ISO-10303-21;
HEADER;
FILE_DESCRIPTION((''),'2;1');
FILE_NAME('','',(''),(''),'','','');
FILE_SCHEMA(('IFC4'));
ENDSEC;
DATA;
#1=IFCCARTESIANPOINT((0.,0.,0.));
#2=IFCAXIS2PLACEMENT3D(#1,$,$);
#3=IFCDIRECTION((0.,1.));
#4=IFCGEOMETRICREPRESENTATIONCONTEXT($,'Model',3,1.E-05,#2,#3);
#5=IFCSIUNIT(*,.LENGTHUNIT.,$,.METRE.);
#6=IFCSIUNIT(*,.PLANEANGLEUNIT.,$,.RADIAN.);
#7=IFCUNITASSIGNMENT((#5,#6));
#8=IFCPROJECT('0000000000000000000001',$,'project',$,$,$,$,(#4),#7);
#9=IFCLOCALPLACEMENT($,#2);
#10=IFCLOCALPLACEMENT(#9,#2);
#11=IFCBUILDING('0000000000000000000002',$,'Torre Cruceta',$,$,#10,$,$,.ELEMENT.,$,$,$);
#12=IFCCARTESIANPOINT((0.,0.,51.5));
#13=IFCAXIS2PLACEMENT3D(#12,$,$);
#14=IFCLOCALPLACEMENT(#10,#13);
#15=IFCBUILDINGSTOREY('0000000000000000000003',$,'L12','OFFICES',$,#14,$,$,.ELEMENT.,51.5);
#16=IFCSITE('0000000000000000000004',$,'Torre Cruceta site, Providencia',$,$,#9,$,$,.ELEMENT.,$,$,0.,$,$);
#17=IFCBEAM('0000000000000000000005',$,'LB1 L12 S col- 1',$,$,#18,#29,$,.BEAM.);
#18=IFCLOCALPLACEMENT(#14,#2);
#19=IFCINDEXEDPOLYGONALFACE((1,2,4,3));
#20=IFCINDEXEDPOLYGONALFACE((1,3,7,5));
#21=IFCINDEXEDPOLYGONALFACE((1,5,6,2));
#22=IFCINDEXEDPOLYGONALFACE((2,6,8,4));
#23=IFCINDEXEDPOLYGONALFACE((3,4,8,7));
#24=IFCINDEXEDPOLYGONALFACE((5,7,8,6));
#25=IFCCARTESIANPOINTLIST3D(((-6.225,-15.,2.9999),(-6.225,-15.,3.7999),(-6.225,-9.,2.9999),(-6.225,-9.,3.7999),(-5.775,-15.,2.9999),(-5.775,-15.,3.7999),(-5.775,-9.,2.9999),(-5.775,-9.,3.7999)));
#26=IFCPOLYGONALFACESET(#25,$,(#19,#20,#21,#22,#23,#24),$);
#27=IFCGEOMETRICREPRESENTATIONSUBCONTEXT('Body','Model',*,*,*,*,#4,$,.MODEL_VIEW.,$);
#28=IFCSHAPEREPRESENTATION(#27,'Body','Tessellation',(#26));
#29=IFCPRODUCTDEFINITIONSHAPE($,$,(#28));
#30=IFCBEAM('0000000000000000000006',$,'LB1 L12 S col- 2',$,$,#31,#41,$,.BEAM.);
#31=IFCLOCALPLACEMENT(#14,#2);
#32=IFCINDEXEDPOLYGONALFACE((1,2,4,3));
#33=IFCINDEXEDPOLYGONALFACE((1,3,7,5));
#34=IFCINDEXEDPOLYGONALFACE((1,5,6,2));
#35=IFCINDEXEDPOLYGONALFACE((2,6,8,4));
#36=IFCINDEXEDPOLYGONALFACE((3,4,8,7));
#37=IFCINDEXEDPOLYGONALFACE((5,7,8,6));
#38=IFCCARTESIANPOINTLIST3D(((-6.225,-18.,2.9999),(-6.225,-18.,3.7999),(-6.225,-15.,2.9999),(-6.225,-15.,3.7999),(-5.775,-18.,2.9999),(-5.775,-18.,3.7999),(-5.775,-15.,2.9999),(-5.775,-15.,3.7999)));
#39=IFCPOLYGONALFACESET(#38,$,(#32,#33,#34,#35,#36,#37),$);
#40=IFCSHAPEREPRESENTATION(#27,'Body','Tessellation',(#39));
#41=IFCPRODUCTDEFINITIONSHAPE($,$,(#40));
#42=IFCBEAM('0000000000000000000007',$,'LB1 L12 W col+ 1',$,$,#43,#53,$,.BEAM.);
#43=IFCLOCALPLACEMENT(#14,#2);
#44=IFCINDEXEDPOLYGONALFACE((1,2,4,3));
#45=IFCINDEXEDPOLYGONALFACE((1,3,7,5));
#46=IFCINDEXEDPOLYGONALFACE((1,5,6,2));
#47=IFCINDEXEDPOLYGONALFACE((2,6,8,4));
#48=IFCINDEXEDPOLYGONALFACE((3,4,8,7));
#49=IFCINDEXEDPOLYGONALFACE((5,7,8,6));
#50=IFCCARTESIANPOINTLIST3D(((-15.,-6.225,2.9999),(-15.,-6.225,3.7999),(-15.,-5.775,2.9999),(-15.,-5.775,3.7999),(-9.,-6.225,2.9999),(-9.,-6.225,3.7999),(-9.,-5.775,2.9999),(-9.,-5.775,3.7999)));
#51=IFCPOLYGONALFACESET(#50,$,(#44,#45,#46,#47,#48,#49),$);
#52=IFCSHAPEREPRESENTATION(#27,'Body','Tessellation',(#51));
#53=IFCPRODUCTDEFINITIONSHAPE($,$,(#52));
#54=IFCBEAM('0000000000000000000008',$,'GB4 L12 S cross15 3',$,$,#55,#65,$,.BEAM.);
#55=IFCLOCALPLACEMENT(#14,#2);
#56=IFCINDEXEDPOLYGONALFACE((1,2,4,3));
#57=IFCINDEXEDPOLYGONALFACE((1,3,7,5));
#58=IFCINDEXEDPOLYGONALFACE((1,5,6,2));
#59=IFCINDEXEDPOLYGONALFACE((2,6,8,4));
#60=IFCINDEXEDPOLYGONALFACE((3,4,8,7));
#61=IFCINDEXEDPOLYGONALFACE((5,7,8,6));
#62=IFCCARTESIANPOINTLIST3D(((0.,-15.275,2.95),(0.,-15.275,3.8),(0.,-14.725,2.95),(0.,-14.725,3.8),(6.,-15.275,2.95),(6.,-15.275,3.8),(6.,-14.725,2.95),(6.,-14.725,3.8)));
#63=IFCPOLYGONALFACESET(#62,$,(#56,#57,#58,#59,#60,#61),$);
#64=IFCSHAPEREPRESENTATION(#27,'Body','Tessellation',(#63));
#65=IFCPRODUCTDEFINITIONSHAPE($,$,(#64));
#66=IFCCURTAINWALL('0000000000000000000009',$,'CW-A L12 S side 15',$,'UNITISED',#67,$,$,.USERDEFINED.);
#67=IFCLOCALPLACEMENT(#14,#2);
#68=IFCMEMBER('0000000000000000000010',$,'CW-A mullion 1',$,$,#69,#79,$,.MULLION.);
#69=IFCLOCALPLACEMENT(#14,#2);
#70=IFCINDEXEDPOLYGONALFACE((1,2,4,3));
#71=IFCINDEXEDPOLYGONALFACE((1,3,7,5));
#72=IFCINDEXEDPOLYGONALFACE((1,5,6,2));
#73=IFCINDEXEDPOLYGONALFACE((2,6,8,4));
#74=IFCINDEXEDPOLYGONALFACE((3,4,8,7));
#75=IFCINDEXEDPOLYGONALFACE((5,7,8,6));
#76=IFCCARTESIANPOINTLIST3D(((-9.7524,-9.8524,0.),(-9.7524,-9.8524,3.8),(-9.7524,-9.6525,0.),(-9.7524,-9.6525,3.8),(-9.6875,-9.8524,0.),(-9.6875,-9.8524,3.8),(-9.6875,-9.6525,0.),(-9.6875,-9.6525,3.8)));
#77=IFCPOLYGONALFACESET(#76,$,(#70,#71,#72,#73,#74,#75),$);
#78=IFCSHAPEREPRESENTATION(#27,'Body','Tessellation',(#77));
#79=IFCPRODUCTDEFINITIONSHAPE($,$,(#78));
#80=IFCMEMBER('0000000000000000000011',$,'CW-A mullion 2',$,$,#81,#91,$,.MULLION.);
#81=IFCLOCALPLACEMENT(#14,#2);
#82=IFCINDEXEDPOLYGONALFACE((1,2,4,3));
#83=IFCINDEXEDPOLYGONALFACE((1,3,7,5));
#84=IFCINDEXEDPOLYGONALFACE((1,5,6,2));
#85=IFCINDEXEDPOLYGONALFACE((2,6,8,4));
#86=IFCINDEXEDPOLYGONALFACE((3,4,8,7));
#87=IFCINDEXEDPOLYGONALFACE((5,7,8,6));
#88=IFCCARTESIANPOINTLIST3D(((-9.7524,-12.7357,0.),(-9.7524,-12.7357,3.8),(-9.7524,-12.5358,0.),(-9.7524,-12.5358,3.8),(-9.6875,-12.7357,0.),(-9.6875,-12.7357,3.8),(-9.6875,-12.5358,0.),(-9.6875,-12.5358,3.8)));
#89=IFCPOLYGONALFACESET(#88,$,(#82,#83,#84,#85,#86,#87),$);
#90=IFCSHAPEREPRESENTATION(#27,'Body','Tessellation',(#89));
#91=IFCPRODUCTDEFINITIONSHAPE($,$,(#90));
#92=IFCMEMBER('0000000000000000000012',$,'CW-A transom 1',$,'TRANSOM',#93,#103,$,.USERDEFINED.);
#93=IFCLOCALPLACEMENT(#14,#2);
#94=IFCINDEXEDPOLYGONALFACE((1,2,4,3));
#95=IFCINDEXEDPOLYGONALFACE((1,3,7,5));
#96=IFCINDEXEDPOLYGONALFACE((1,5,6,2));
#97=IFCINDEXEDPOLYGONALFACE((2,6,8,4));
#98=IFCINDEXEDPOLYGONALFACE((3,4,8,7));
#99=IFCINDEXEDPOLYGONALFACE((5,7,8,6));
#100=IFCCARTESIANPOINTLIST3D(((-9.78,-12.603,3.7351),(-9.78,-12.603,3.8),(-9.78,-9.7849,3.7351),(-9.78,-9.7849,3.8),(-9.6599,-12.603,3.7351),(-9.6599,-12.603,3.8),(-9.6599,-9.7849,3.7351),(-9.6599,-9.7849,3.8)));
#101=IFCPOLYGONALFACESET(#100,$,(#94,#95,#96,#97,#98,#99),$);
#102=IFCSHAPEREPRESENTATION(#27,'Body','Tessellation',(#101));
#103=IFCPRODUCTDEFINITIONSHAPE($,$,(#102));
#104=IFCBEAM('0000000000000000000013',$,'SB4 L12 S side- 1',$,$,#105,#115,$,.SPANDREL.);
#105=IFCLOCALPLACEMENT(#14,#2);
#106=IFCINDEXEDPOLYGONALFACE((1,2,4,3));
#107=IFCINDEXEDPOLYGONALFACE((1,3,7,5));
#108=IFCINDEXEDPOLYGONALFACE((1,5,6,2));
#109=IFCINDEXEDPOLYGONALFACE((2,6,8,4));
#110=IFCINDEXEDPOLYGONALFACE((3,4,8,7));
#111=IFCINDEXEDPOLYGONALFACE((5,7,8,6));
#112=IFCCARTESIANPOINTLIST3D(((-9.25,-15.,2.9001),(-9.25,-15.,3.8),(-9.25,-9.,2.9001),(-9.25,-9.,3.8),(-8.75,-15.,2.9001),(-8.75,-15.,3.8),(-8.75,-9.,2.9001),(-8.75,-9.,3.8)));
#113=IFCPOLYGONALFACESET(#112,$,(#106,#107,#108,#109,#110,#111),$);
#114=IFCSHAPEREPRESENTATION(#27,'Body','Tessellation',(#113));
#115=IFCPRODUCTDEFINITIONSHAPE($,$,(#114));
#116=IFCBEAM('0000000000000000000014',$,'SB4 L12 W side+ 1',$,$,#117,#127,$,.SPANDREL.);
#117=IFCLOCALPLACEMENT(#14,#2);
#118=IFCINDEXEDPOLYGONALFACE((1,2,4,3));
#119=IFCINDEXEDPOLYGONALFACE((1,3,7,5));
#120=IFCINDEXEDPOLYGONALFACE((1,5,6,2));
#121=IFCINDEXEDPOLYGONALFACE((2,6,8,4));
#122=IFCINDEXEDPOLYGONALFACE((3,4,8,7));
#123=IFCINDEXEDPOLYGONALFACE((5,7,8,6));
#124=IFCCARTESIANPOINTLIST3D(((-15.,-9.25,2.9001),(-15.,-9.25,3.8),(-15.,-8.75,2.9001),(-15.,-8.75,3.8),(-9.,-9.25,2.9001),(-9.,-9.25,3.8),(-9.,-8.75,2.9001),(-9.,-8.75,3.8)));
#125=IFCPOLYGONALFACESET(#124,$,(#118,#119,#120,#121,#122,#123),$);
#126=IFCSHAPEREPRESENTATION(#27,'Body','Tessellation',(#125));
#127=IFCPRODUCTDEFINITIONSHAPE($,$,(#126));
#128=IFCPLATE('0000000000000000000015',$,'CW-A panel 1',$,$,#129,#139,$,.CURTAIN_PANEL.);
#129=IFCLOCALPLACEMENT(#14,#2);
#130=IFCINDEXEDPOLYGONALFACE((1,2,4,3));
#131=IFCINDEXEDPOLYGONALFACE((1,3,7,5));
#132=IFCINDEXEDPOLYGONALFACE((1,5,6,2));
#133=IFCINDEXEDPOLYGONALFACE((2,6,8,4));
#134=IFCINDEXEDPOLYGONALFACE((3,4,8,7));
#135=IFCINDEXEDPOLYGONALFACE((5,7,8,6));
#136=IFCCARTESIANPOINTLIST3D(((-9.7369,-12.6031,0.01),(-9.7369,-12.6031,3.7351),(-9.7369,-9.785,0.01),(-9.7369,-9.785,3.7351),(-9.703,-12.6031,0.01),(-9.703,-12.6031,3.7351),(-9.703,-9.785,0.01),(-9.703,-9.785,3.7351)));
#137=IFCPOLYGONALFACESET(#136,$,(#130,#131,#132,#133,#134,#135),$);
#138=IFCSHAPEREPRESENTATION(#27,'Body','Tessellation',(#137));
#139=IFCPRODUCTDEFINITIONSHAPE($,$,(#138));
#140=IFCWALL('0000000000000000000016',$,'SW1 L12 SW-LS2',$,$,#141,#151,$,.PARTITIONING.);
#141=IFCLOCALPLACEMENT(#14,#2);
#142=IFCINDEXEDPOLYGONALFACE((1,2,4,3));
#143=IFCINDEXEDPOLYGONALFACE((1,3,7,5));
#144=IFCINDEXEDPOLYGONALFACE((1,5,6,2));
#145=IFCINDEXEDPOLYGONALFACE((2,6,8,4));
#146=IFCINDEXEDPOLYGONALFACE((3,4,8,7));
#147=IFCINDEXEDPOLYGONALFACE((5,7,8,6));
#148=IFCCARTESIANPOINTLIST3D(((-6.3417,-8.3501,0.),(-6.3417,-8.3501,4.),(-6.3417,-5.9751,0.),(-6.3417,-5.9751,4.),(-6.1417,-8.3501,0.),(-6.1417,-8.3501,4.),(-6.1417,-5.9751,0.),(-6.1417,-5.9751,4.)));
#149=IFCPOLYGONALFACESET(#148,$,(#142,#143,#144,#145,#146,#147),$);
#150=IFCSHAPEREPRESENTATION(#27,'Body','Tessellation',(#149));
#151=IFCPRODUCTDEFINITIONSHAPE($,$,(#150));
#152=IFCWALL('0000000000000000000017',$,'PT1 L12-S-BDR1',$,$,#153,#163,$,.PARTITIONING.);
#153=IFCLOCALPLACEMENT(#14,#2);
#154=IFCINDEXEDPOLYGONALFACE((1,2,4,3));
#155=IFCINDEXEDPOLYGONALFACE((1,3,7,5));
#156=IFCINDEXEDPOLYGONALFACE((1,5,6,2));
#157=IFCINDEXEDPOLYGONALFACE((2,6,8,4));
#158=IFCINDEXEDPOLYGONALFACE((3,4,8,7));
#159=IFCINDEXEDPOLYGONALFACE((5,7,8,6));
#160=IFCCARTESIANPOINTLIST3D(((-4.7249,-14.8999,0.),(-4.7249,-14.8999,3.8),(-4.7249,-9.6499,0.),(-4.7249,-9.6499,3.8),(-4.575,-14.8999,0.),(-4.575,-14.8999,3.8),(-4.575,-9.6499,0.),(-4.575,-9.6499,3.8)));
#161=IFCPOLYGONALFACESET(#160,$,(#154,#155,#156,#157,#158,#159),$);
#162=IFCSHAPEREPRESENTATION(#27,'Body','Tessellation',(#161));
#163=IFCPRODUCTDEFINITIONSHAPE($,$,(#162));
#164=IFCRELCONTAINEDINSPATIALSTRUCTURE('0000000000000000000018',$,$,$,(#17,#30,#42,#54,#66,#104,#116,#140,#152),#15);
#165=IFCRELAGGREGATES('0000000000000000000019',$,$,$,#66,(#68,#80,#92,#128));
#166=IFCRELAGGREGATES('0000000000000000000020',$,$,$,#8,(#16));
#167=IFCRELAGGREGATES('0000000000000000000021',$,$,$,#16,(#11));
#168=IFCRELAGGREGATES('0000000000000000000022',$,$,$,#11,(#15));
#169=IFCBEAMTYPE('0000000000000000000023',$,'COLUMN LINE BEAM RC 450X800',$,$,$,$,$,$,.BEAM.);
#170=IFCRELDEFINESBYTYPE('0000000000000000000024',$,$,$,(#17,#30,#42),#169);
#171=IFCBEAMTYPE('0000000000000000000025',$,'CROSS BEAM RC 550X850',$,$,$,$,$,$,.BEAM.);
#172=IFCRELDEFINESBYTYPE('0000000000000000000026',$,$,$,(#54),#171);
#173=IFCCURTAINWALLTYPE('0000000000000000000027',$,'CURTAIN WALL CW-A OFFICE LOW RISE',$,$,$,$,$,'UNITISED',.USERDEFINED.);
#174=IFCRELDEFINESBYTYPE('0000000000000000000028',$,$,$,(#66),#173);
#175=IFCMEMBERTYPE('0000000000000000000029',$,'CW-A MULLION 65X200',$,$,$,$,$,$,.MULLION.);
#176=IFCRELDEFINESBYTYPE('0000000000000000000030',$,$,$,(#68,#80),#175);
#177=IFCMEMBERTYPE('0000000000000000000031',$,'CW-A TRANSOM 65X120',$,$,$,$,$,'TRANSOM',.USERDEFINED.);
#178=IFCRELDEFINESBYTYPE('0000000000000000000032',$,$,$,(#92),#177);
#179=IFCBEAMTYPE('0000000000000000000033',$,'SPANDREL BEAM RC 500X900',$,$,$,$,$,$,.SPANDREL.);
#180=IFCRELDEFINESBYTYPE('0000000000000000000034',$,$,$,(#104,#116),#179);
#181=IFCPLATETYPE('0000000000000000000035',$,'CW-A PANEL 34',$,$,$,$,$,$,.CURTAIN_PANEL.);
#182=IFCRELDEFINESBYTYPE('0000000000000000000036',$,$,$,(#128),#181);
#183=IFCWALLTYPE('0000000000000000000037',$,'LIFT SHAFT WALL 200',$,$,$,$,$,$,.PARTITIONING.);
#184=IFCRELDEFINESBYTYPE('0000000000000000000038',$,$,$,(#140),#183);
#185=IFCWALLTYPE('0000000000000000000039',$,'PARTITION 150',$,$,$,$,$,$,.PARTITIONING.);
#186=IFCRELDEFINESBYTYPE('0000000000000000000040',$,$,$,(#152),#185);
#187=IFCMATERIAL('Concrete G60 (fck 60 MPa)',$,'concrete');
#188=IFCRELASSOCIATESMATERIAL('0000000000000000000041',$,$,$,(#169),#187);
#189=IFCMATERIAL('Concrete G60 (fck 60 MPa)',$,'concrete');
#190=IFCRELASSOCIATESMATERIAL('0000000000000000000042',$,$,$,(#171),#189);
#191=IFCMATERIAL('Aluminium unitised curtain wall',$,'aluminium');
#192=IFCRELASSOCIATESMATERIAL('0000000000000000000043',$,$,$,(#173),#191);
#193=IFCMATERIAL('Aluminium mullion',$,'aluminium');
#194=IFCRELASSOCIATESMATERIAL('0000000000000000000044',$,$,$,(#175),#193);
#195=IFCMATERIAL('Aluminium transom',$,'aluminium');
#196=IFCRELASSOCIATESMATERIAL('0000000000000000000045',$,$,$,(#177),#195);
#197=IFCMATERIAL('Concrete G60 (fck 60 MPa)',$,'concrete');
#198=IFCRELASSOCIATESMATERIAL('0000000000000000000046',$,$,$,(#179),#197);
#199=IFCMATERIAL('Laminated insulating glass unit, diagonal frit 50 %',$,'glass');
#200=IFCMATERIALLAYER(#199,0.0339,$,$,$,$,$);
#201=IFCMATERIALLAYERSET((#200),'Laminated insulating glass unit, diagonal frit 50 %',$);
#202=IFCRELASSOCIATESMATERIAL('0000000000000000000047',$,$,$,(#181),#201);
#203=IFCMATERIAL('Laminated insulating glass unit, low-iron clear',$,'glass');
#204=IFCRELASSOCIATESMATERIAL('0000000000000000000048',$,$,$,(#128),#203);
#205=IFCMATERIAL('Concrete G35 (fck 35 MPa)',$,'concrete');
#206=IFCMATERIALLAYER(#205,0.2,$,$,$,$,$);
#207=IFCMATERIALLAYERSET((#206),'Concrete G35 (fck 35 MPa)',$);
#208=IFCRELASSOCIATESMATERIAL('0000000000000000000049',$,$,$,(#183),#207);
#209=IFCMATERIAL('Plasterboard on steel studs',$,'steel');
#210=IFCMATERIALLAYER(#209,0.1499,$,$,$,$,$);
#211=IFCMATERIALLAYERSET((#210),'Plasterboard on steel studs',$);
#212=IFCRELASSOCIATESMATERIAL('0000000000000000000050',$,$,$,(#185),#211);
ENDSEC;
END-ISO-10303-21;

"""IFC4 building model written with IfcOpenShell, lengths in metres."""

from ifc_helpers import new_model, si_unit, direction, frame, frame_2d, origin, origin_2d, place, context, subcontext, project, spatial, rectangle, extrude, material, layer, layer_set, material_profile, profile_set, type_object, element, aggregate, save


model = new_model("IFC4")

# Units and contexts
model_context = context("Model", 3, precision=1e-05, world=origin(), true_north=direction((0.0, 1.0)))
body_context = subcontext(model_context, "Body", "Model", "MODEL_VIEW")
ifc_project = project(units=[si_unit("LENGTHUNIT", "METRE"), si_unit("PLANEANGLEUNIT", "RADIAN")], contexts=[model_context])

# Site, building, storey
site_placement = place(None, origin())
site = spatial("IfcSite", under=ifc_project, at=site_placement, Name="Torre Cruceta site, Providencia", CompositionType="ELEMENT", RefElevation=0.0)
building_placement = place(site_placement, origin())
building = spatial("IfcBuilding", under=site, at=building_placement, Name="Torre Cruceta", CompositionType="ELEMENT")
storey_placement = place(building_placement, frame((0.0, 0.0, 51.5)))
storey = spatial("IfcBuildingStorey", under=building, at=storey_placement, Name="L12", Description="OFFICES", CompositionType="ELEMENT", Elevation=51.5)

# Beams
ifc_material_1 = material(Name="Concrete G60 (fck 60 MPa)", Category="concrete")
ifc_material_profile_1 = material_profile(ifc_material_1, rectangle(XDim=0.45, YDim=0.8, at=origin_2d()), Name="RC 450X800")
ifc_profile_set_1 = profile_set([ifc_material_profile_1], Name="Concrete G60 (fck 60 MPa)")
beam_type_1 = type_object("IfcBeamType", Name="COLUMN LINE BEAM RC 450X800", PredefinedType="BEAM", material=ifc_profile_set_1)
beam_1_placement = place(storey_placement, frame((-6.0, -9.0, 3.3999), z_axis=(0.0, -1.0, 0.0), x_axis=(1.0, 0.0, 0.0)))
element("IfcBeam", 1, at=beam_1_placement, inside=storey, type_object=beam_type_1, Name="LB1 L12 S col- 1", PredefinedType="BEAM", context=body_context, shape_type="SweptSolid", body=[
    extrude(rectangle(XDim=0.45, YDim=0.8, at=origin_2d()), origin(), (0.0, 0.0, 1.0), 6.0),
])
beam_2_placement = place(storey_placement, frame((-6.0, -15.0, 3.3999), z_axis=(0.0, -1.0, 0.0), x_axis=(1.0, 0.0, 0.0)))
element("IfcBeam", 2, at=beam_2_placement, inside=storey, type_object=beam_type_1, Name="LB1 L12 S col- 2", PredefinedType="BEAM", context=body_context, shape_type="SweptSolid", body=[
    extrude(rectangle(XDim=0.45, YDim=0.8, at=origin_2d()), origin(), (0.0, 0.0, 1.0), 3.0),
])
beam_3_placement = place(storey_placement, frame((-9.0, -6.0, 3.3999), z_axis=(-1.0, 0.0, 0.0), x_axis=(0.0, -1.0, 0.0)))
element("IfcBeam", 3, at=beam_3_placement, inside=storey, type_object=beam_type_1, Name="LB1 L12 W col+ 1", PredefinedType="BEAM", context=body_context, shape_type="SweptSolid", body=[
    extrude(rectangle(XDim=0.45, YDim=0.8, at=origin_2d()), origin(), (0.0, 0.0, 1.0), 6.0),
])
ifc_material_2 = material(Name="Concrete G60 (fck 60 MPa)", Category="concrete")
ifc_material_profile_2 = material_profile(ifc_material_2, rectangle(XDim=0.55, YDim=0.8501, at=origin_2d()), Name="RC 550X850")
ifc_profile_set_2 = profile_set([ifc_material_profile_2], Name="Concrete G60 (fck 60 MPa)")
beam_type_2 = type_object("IfcBeamType", Name="CROSS BEAM RC 550X850", PredefinedType="BEAM", material=ifc_profile_set_2)
beam_4_placement = place(storey_placement, frame((0.0, -15.0, 3.375), z_axis=(1.0, 0.0, 0.0), x_axis=(0.0, 1.0, 0.0)))
element("IfcBeam", 4, at=beam_4_placement, inside=storey, type_object=beam_type_2, Name="GB4 L12 S cross15 3", PredefinedType="BEAM", context=body_context, shape_type="SweptSolid", body=[
    extrude(rectangle(XDim=0.55, YDim=0.8501, at=origin_2d()), origin(), (0.0, 0.0, 1.0), 6.0),
])

# Curtain wall, members
ifc_material_3 = material(Name="Aluminium unitised curtain wall", Category="aluminium")
curtain_wall_type = type_object("IfcCurtainWallType", Name="CURTAIN WALL CW-A OFFICE LOW RISE", ElementType="UNITISED", PredefinedType="USERDEFINED", material=ifc_material_3)
curtain_wall_placement = place(storey_placement, origin())
curtain_wall = element("IfcCurtainWall", 5, at=curtain_wall_placement, inside=storey, type_object=curtain_wall_type, Name="CW-A L12 S side 15", ObjectType="UNITISED", PredefinedType="USERDEFINED")
ifc_material_4 = material(Name="Aluminium mullion", Category="aluminium")
ifc_material_profile_3 = material_profile(ifc_material_4, rectangle(XDim=0.0649, YDim=0.2, at=origin_2d()), Name="AL 65X200")
ifc_profile_set_3 = profile_set([ifc_material_profile_3], Name="Aluminium mullion")
member_type_1 = type_object("IfcMemberType", Name="CW-A MULLION 65X200", PredefinedType="MULLION", material=ifc_profile_set_3)
member_1_placement = place(storey_placement, frame((-9.72, -9.7524, 0.0), z_axis=(0.0, 0.0, 1.0), x_axis=(1.0, 0.0, 0.0)))
member_1 = element("IfcMember", 6, at=member_1_placement, type_object=member_type_1, Name="CW-A mullion 1", PredefinedType="MULLION", context=body_context, shape_type="SweptSolid", body=[
    extrude(rectangle(XDim=0.0649, YDim=0.2, at=origin_2d()), origin(), (0.0, 0.0, 1.0), 3.8),
])
member_2_placement = place(storey_placement, frame((-9.72, -12.6357, 0.0), z_axis=(0.0, 0.0, 1.0), x_axis=(1.0, 0.0, 0.0)))
member_2 = element("IfcMember", 7, at=member_2_placement, type_object=member_type_1, Name="CW-A mullion 2", PredefinedType="MULLION", context=body_context, shape_type="SweptSolid", body=[
    extrude(rectangle(XDim=0.0649, YDim=0.2, at=origin_2d()), origin(), (0.0, 0.0, 1.0), 3.8),
])
ifc_material_5 = material(Name="Aluminium transom", Category="aluminium")
ifc_material_profile_4 = material_profile(ifc_material_5, rectangle(XDim=0.1201, YDim=0.0649, at=origin_2d()), Name="AL 120X65")
ifc_profile_set_4 = profile_set([ifc_material_profile_4], Name="Aluminium transom")
member_type_2 = type_object("IfcMemberType", Name="CW-A TRANSOM 65X120", ElementType="TRANSOM", PredefinedType="USERDEFINED", material=ifc_profile_set_4)
member_3_placement = place(storey_placement, frame((-9.72, -9.7849, 3.7676), z_axis=(0.0, -1.0, 0.0), x_axis=(1.0, 0.0, 0.0)))
member_3 = element("IfcMember", 8, at=member_3_placement, type_object=member_type_2, Name="CW-A transom 1", ObjectType="TRANSOM", PredefinedType="USERDEFINED", context=body_context, shape_type="SweptSolid", body=[
    extrude(rectangle(XDim=0.1201, YDim=0.0649, at=origin_2d()), origin(), (0.0, 0.0, 1.0), 2.8181),
])

# Beams
ifc_material_6 = material(Name="Concrete G60 (fck 60 MPa)", Category="concrete")
ifc_material_profile_5 = material_profile(ifc_material_6, rectangle(XDim=0.5, YDim=0.8999, at=origin_2d()), Name="RC 500X900")
ifc_profile_set_5 = profile_set([ifc_material_profile_5], Name="Concrete G60 (fck 60 MPa)")
beam_type_3 = type_object("IfcBeamType", Name="SPANDREL BEAM RC 500X900", PredefinedType="SPANDREL", material=ifc_profile_set_5)
for number, where, z_axis, x_axis, name in (
    (9, (-9.0, -9.0, 3.3501), (0.0, -1.0, 0.0), (1.0, 0.0, 0.0), "SB4 L12 S side- 1"),
    (10, (-9.0, -9.0, 3.3501), (-1.0, 0.0, 0.0), (0.0, -1.0, 0.0), "SB4 L12 W side+ 1"),
):
    element("IfcBeam", number, at=place(storey_placement, frame(where, z_axis=z_axis, x_axis=x_axis)), inside=storey, type_object=beam_type_3, Name=name, PredefinedType="SPANDREL", context=body_context, shape_type="SweptSolid", body=[
        extrude(rectangle(XDim=0.5, YDim=0.8999, at=origin_2d()), origin(), (0.0, 0.0, 1.0), 6.0),
    ])

# Plate
ifc_material_7 = material(Name="Laminated insulating glass unit, low-iron clear", Category="glass")
ifc_material_8 = material(Name="Laminated insulating glass unit, diagonal frit 50 %", Category="glass")
ifc_layer_1 = layer(ifc_material_8, 0.0339)
ifc_layer_set_1 = layer_set([ifc_layer_1], Name="Laminated insulating glass unit, diagonal frit 50 %")
plate_type = type_object("IfcPlateType", Name="CW-A PANEL 34", PredefinedType="CURTAIN_PANEL", material=ifc_layer_set_1)
plate_placement = place(storey_placement, frame((-9.72, -11.1941, 0.01), z_axis=(0.0, 0.0, 1.0), x_axis=(0.0, -1.0, 0.0)))
plate = element("IfcPlate", 11, at=plate_placement, type_object=plate_type, material=ifc_material_7, Name="CW-A panel 1", PredefinedType="CURTAIN_PANEL", context=body_context, shape_type="SweptSolid", body=[
    extrude(rectangle(XDim=2.8181, YDim=0.0339, at=origin_2d()), origin(), (0.0, 0.0, 1.0), 3.7251),
])
aggregate(curtain_wall, [member_1, member_2, member_3, plate])

# Walls
ifc_material_9 = material(Name="Concrete G35 (fck 35 MPa)", Category="concrete")
ifc_layer_2 = layer(ifc_material_9, 0.2)
ifc_layer_set_2 = layer_set([ifc_layer_2], Name="Concrete G35 (fck 35 MPa)")
wall_type_1 = type_object("IfcWallType", Name="LIFT SHAFT WALL 200", PredefinedType="PARTITIONING", material=ifc_layer_set_2)
wall_1_placement = place(storey_placement, frame((-6.2417, -5.9751, 0.0), z_axis=(0.0, 0.0, 1.0), x_axis=(0.0, -1.0, 0.0)))
element("IfcWall", 12, at=wall_1_placement, inside=storey, type_object=wall_type_1, Name="SW1 L12 SW-LS2", PredefinedType="PARTITIONING", context=body_context, shape_type="SweptSolid", body=[
    extrude(rectangle(XDim=2.375, YDim=0.2, at=frame_2d((1.1875, 0.0))), origin(), (0.0, 0.0, 1.0), 4.0),
])
ifc_material_10 = material(Name="Plasterboard on steel studs", Category="steel")
ifc_layer_3 = layer(ifc_material_10, 0.1499)
ifc_layer_set_3 = layer_set([ifc_layer_3], Name="Plasterboard on steel studs")
wall_type_2 = type_object("IfcWallType", Name="PARTITION 150", PredefinedType="PARTITIONING", material=ifc_layer_set_3)
wall_2_placement = place(storey_placement, frame((-4.6499, -9.6499, 0.0), z_axis=(0.0, 0.0, 1.0), x_axis=(0.0, -1.0, 0.0)))
element("IfcWall", 13, at=wall_2_placement, inside=storey, type_object=wall_type_2, Name="PT1 L12-S-BDR1", PredefinedType="PARTITIONING", context=body_context, shape_type="SweptSolid", body=[
    extrude(rectangle(XDim=5.25, YDim=0.1499, at=frame_2d((2.625, 0.0))), origin(), (0.0, 0.0, 1.0), 3.8),
])

save(model, "model.ifc")
